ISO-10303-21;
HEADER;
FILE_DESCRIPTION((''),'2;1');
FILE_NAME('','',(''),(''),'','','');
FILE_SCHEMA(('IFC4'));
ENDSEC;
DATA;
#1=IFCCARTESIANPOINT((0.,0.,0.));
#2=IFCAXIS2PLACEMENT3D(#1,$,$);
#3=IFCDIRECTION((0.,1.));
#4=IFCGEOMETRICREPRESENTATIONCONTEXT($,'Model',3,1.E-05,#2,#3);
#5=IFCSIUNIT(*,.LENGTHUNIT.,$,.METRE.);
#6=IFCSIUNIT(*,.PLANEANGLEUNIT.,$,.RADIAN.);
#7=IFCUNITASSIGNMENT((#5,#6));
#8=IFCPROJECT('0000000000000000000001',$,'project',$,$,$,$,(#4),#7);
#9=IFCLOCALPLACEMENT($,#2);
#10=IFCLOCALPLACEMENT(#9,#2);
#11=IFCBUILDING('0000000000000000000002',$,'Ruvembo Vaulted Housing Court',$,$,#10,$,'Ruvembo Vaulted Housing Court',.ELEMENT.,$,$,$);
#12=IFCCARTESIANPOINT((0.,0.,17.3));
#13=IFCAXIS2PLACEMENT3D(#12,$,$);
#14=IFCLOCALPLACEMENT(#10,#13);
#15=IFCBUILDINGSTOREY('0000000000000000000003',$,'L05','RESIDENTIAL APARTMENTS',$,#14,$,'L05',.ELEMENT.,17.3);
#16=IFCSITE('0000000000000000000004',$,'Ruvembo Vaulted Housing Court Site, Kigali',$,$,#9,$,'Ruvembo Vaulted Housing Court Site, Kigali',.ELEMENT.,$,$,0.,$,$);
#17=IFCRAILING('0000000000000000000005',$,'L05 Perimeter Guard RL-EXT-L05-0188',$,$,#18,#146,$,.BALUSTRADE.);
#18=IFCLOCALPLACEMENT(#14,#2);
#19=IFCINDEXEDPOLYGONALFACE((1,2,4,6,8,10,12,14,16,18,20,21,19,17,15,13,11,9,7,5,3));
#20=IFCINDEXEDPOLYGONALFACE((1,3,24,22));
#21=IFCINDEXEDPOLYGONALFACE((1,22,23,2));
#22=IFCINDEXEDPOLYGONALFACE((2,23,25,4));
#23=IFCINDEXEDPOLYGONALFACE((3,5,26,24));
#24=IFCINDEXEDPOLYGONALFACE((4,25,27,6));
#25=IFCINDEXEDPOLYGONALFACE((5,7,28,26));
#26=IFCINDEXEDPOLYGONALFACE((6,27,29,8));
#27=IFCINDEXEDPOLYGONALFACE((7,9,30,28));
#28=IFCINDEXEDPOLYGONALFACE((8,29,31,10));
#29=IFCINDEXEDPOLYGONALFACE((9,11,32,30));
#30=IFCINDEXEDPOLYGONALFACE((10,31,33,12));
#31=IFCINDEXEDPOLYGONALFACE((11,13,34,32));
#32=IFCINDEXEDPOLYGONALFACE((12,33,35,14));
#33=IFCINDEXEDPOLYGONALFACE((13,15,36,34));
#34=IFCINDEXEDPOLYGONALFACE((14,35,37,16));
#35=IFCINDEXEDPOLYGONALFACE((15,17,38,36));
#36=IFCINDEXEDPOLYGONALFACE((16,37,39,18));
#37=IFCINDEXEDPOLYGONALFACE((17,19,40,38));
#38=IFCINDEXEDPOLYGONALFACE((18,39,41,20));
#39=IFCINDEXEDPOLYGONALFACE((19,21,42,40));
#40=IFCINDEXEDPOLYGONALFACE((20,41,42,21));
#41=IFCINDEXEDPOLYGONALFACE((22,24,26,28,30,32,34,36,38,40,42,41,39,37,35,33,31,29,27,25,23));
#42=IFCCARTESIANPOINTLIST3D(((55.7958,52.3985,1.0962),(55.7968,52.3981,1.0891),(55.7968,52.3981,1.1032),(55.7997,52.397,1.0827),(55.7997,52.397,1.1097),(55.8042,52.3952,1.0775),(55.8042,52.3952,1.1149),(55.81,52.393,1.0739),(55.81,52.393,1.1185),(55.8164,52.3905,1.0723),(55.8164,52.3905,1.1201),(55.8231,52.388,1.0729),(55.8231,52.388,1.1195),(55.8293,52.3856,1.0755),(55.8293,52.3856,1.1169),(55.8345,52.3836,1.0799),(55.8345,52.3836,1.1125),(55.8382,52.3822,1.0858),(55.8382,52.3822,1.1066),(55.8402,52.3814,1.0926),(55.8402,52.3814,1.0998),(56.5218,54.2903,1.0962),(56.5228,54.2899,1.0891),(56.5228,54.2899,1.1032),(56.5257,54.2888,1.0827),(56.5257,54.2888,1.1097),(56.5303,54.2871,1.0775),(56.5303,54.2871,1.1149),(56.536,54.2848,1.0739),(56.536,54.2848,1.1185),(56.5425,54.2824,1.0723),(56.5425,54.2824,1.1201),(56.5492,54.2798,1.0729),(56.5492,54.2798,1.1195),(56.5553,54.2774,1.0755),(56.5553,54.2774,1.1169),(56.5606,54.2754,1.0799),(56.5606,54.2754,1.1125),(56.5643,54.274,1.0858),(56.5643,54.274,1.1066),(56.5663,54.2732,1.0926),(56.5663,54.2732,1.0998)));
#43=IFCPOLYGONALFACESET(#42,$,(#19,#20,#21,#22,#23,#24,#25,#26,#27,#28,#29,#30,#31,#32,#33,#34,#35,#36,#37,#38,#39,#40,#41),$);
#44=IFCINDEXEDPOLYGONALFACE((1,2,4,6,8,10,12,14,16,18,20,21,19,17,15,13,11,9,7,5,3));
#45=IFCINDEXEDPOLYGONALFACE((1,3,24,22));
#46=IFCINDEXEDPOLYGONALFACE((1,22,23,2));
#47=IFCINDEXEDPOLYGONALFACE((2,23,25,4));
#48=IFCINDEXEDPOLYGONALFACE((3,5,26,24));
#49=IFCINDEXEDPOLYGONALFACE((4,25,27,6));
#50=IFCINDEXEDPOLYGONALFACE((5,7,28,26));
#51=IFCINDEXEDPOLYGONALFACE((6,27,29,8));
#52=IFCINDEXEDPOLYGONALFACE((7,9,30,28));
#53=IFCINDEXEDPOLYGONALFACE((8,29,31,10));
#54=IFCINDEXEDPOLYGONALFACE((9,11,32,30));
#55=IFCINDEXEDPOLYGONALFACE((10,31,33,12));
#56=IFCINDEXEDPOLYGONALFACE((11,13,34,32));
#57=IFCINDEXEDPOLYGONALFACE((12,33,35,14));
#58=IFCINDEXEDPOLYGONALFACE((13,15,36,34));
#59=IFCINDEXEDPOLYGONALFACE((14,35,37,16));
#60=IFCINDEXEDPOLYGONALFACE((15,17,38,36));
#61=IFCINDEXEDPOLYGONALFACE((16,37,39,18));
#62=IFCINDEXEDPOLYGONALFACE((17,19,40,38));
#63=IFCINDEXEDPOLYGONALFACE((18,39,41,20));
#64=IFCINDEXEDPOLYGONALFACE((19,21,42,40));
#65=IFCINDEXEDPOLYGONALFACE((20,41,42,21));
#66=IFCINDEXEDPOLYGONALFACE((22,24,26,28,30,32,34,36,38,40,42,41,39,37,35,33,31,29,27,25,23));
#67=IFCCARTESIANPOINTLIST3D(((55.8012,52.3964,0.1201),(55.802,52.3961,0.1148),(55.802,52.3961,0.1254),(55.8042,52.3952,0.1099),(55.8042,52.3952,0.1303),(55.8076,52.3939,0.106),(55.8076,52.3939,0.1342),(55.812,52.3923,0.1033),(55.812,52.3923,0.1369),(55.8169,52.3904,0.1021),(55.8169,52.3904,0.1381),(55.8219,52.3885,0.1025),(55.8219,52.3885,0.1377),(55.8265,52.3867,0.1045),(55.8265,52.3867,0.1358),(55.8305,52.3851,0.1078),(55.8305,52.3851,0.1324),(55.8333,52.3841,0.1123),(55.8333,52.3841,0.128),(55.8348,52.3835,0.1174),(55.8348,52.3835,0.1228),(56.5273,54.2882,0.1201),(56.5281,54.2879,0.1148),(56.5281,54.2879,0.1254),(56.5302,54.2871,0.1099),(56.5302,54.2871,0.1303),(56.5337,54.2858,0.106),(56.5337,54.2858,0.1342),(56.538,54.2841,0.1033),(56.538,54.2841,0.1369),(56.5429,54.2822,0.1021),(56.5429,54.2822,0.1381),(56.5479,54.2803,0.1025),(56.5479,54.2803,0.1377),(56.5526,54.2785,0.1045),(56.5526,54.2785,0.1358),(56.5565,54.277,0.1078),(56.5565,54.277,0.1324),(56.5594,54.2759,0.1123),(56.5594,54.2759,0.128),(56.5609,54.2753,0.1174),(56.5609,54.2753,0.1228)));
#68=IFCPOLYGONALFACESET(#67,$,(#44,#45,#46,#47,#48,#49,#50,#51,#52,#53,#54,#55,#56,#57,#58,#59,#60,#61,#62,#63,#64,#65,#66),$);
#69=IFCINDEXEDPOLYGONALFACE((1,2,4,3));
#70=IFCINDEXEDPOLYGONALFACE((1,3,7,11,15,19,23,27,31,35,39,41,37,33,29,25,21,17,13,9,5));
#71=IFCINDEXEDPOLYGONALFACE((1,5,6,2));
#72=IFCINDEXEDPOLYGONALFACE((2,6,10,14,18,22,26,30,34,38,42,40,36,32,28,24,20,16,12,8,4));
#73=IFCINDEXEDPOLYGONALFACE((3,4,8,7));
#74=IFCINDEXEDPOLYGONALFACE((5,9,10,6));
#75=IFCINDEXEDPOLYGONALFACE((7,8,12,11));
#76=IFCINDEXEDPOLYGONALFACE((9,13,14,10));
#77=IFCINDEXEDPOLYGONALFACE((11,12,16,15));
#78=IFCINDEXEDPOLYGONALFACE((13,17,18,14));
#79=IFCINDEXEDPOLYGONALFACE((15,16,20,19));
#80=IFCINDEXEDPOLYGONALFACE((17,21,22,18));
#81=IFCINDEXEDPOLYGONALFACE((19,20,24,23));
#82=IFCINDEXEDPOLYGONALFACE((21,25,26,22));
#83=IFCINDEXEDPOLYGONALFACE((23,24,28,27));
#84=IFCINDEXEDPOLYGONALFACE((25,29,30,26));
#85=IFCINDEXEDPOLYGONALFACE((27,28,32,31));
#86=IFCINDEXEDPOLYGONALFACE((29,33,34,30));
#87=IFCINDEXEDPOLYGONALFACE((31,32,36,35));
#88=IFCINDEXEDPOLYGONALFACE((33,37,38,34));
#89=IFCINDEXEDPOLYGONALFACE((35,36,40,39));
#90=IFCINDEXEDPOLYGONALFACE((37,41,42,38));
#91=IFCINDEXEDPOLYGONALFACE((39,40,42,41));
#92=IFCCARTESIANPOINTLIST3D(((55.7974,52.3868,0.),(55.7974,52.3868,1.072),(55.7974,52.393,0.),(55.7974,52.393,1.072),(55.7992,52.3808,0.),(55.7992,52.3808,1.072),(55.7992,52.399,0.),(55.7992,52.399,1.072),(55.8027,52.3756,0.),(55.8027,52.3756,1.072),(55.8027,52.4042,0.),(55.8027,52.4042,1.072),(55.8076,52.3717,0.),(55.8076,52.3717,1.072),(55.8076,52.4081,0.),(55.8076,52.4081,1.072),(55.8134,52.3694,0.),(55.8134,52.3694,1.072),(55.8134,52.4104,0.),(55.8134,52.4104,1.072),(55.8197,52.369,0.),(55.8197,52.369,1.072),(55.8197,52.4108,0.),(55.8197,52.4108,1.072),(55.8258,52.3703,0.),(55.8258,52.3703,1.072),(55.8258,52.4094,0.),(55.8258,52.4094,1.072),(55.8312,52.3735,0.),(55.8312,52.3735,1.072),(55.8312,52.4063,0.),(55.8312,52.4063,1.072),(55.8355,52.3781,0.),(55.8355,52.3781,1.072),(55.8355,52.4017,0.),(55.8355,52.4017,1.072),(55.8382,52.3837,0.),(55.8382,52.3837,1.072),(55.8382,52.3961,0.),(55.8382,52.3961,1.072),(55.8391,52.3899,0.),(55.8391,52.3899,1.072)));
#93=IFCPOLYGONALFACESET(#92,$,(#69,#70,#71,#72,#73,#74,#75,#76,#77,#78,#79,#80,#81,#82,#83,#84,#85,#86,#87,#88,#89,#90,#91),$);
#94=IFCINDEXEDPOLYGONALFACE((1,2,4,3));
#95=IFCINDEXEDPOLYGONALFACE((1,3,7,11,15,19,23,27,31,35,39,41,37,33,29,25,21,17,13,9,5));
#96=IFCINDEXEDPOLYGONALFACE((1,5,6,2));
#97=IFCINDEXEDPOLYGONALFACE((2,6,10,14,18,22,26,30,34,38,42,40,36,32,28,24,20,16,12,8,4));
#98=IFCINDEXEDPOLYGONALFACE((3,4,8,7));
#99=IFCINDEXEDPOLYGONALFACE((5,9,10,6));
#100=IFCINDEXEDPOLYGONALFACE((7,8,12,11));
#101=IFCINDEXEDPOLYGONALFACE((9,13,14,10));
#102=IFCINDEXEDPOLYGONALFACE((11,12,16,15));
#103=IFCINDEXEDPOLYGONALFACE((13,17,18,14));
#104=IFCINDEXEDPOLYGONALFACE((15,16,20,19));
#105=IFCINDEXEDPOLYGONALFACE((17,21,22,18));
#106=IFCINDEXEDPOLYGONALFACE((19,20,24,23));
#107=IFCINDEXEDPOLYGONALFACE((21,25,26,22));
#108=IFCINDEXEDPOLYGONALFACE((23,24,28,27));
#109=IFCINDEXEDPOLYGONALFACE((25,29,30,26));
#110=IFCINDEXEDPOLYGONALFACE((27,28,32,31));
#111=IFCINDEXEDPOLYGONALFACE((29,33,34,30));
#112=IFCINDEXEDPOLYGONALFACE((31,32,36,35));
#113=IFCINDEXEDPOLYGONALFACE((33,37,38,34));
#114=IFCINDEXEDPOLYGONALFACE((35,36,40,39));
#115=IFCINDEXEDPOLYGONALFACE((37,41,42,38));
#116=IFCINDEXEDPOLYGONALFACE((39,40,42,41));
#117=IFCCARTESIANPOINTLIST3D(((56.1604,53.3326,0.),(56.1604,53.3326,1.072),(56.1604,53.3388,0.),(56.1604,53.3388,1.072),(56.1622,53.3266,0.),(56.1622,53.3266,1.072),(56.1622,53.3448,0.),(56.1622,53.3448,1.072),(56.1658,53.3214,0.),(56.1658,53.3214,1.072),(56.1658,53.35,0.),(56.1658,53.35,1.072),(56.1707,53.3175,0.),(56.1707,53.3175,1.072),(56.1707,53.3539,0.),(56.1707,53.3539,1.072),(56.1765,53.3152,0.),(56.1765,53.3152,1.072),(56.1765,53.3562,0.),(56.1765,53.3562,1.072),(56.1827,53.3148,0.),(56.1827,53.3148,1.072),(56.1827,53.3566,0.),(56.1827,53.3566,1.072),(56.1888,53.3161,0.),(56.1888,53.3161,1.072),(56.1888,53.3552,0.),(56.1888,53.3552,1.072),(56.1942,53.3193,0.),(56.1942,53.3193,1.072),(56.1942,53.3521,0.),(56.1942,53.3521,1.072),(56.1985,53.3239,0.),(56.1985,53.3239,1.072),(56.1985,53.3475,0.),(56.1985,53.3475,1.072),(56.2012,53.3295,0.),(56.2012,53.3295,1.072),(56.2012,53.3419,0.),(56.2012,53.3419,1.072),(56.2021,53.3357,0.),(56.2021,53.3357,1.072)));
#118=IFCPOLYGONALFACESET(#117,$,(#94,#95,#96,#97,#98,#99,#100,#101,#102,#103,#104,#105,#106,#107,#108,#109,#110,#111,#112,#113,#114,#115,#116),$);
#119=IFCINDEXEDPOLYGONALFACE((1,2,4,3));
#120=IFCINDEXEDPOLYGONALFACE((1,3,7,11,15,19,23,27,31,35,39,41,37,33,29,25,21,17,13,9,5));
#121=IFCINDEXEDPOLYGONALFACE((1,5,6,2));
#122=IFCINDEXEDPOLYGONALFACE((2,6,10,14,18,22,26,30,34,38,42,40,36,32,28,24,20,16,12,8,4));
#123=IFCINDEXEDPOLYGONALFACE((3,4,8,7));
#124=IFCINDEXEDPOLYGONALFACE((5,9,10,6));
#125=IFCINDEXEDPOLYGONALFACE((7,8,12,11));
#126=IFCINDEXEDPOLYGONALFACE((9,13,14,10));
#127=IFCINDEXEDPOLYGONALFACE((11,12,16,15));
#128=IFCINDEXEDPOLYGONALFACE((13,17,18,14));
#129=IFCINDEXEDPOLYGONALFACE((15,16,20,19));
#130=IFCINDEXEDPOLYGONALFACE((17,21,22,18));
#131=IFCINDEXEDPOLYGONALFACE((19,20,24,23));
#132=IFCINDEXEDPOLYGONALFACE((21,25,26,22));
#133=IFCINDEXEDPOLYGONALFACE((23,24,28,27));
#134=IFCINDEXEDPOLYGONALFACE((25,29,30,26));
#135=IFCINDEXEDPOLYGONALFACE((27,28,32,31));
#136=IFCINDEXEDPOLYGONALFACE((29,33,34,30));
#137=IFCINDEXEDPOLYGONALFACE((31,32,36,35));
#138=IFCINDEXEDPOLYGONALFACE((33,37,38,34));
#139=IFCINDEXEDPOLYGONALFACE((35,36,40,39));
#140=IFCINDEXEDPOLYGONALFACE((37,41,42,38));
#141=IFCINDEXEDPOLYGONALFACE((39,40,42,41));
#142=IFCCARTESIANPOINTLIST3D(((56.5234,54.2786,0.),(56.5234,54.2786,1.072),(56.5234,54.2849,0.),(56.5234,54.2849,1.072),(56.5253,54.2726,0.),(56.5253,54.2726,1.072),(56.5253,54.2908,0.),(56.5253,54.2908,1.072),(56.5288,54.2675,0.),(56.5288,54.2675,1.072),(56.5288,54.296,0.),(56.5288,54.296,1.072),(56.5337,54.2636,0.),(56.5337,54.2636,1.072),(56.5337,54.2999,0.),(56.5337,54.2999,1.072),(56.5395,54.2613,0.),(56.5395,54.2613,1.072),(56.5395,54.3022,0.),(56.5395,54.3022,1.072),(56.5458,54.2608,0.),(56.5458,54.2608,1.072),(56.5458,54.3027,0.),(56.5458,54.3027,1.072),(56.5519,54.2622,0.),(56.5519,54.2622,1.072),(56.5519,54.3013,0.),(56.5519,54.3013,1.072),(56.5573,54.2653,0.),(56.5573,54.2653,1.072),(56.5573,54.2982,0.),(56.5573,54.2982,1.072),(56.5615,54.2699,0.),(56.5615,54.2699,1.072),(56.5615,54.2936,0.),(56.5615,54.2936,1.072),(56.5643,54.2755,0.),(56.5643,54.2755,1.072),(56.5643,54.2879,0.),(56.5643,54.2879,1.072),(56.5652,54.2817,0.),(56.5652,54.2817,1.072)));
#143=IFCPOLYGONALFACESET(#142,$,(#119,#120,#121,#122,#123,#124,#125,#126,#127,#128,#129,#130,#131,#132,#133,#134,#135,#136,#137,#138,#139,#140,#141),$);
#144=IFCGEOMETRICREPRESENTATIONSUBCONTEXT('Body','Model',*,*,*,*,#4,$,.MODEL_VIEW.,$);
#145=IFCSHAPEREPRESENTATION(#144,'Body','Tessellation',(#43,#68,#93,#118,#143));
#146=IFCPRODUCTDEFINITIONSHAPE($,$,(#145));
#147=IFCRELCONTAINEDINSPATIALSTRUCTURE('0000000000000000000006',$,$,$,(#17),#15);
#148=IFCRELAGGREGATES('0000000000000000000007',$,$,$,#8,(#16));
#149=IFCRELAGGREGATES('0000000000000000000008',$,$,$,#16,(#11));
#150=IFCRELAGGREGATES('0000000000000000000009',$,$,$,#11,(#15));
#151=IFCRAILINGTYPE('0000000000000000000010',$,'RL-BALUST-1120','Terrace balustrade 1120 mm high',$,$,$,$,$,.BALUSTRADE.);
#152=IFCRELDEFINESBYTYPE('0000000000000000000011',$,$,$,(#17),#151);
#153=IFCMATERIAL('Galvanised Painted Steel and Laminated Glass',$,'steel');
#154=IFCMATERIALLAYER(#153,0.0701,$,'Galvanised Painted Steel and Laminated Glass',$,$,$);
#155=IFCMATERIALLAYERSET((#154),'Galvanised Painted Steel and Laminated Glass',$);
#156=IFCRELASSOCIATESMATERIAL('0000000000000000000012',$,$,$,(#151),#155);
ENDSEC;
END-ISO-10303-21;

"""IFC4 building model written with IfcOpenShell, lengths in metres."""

from ifc_helpers import new_model, si_unit, direction, frame, origin, origin_2d, place, context, subcontext, project, spatial, circle, extrude, material, layer, layer_set, type_object, element, save


model = new_model("IFC4")

# Units and contexts
model_context = context("Model", 3, precision=1e-05, world=origin(), true_north=direction((0.0, 1.0)))
body_context = subcontext(model_context, "Body", "Model", "MODEL_VIEW")
ifc_project = project(units=[si_unit("LENGTHUNIT", "METRE"), si_unit("PLANEANGLEUNIT", "RADIAN")], contexts=[model_context])

# Site, building, storey
site_placement = place(None, origin())
site = spatial("IfcSite", under=ifc_project, at=site_placement, Name="Ruvembo Vaulted Housing Court Site, Kigali", LongName="Ruvembo Vaulted Housing Court Site, Kigali", CompositionType="ELEMENT", RefElevation=0.0)
building_placement = place(site_placement, origin())
building = spatial("IfcBuilding", under=site, at=building_placement, Name="Ruvembo Vaulted Housing Court", LongName="Ruvembo Vaulted Housing Court", CompositionType="ELEMENT")
storey_placement = place(building_placement, frame((0.0, 0.0, 17.3)))
storey = spatial("IfcBuildingStorey", under=building, at=storey_placement, Name="L05", Description="RESIDENTIAL APARTMENTS", LongName="L05", CompositionType="ELEMENT", Elevation=17.3)

# Railing
ifc_material_1 = material(Name="Galvanised Painted Steel and Laminated Glass", Category="steel")
ifc_layer_1 = layer(ifc_material_1, 0.0701, Name="Galvanised Painted Steel and Laminated Glass")
ifc_layer_set_1 = layer_set([ifc_layer_1], Name="Galvanised Painted Steel and Laminated Glass")
railing_type = type_object("IfcRailingType", Name="RL-BALUST-1120", Description="Terrace balustrade 1120 mm high", PredefinedType="BALUSTRADE", material=ifc_layer_set_1)
railing_1_placement = place(storey_placement, frame((55.8181, 52.3899, 0.0)))
element("IfcRailing", 1, at=railing_1_placement, inside=storey, type_object=railing_type, Name="L05 Perimeter Guard RL-EXT-L05-0188", PredefinedType="BALUSTRADE", context=body_context, shape_type="SweptSolid", body=[
    extrude(circle(Radius=0.0239, at=origin_2d()), frame((0.0, 0.0, 1.0962), z_axis=(0.358309, 0.933603, 0.0), x_axis=(-0.933603, 0.358309, 0.0)), (0.0, 0.0, 1.0), 2.0264),
    extrude(circle(Radius=0.0181, at=origin_2d()), frame((0.0, 0.0, 0.1201), z_axis=(0.358309, 0.933603, 0.0), x_axis=(-0.933603, 0.358309, 0.0)), (0.0, 0.0, 1.0), 2.0264),
    extrude(circle(Radius=0.021, at=origin_2d()), origin(), (0.0, 0.0, 1.0), 1.072),
    extrude(circle(Radius=0.021, at=origin_2d()), frame((0.363, 0.9458, 0.0)), (0.0, 0.0, 1.0), 1.072),
    extrude(circle(Radius=0.021, at=origin_2d()), frame((0.7261, 1.8918, 0.0)), (0.0, 0.0, 1.0), 1.072),
])

save(model, "model.ifc")
